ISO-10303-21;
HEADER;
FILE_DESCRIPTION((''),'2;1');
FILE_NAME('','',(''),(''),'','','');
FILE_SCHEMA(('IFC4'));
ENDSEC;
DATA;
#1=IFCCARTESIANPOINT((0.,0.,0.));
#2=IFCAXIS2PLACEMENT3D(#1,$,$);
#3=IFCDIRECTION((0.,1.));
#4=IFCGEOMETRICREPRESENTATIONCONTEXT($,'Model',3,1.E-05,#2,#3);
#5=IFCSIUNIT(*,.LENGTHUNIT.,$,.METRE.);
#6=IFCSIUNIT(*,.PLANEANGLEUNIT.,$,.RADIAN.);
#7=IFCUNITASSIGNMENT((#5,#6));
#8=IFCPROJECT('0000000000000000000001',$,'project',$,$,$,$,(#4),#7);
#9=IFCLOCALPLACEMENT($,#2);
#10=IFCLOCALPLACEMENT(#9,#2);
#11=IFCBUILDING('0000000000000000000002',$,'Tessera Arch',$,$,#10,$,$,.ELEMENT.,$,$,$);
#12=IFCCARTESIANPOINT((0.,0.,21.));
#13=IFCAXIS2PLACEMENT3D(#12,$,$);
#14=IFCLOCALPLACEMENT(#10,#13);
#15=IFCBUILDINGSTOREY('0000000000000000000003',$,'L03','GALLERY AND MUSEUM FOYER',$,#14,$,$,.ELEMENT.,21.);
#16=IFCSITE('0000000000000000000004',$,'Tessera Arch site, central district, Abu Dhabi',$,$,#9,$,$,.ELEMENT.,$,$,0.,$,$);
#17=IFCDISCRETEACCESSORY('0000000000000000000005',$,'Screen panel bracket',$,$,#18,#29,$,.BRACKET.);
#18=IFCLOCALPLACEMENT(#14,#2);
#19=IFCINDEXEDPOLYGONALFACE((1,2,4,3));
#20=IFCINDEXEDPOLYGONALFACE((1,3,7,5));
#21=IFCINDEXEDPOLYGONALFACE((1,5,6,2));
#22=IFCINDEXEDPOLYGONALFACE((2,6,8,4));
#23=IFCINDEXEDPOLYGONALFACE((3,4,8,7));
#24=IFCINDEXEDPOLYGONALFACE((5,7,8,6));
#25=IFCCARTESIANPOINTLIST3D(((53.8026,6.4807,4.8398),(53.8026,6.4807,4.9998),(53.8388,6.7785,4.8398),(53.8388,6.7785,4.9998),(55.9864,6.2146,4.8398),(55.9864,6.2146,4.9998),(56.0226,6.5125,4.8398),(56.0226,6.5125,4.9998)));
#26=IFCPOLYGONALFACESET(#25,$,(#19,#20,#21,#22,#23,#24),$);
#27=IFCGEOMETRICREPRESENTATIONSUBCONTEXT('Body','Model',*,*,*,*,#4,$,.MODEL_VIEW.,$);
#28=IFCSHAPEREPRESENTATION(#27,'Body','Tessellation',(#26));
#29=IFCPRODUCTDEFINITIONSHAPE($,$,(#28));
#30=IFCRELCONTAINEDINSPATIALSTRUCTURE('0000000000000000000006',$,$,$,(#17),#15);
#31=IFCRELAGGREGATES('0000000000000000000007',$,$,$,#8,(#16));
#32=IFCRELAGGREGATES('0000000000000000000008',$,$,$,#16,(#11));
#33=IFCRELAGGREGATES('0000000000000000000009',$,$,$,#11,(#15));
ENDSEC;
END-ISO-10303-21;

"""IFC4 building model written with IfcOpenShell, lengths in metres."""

from ifc_helpers import new_model, si_unit, direction, frame, origin, origin_2d, place, context, subcontext, project, spatial, rectangle, extrude, element, save


model = new_model("IFC4")

# Units and contexts
model_context = context("Model", 3, precision=1e-05, world=origin(), true_north=direction((0.0, 1.0)))
body_context = subcontext(model_context, "Body", "Model", "MODEL_VIEW")
ifc_project = project(units=[si_unit("LENGTHUNIT", "METRE"), si_unit("PLANEANGLEUNIT", "RADIAN")], contexts=[model_context])

# Site, building, storey
site_placement = place(None, origin())
site = spatial("IfcSite", under=ifc_project, at=site_placement, Name="Tessera Arch site, central district, Abu Dhabi", CompositionType="ELEMENT", RefElevation=0.0)
building_placement = place(site_placement, origin())
building = spatial("IfcBuilding", under=site, at=building_placement, Name="Tessera Arch", CompositionType="ELEMENT")
storey_placement = place(building_placement, frame((0.0, 0.0, 21.0)))
storey = spatial("IfcBuildingStorey", under=building, at=storey_placement, Name="L03", Description="GALLERY AND MUSEUM FOYER", CompositionType="ELEMENT", Elevation=21.0)

# Discrete accessory
discrete_accessory_1_placement = place(storey_placement, frame((54.9126, 6.4966, 4.8398), z_axis=(0.0, 0.0, 1.0), x_axis=(0.992658, -0.120951, 0.0)))
element("IfcDiscreteAccessory", 1, at=discrete_accessory_1_placement, inside=storey, Name="Screen panel bracket", PredefinedType="BRACKET", context=body_context, shape_type="SweptSolid", body=[
    extrude(rectangle(XDim=2.2, YDim=0.3, at=origin_2d()), origin(), (0.0, 0.0, 1.0), 0.1599),
])

save(model, "model.ifc")
